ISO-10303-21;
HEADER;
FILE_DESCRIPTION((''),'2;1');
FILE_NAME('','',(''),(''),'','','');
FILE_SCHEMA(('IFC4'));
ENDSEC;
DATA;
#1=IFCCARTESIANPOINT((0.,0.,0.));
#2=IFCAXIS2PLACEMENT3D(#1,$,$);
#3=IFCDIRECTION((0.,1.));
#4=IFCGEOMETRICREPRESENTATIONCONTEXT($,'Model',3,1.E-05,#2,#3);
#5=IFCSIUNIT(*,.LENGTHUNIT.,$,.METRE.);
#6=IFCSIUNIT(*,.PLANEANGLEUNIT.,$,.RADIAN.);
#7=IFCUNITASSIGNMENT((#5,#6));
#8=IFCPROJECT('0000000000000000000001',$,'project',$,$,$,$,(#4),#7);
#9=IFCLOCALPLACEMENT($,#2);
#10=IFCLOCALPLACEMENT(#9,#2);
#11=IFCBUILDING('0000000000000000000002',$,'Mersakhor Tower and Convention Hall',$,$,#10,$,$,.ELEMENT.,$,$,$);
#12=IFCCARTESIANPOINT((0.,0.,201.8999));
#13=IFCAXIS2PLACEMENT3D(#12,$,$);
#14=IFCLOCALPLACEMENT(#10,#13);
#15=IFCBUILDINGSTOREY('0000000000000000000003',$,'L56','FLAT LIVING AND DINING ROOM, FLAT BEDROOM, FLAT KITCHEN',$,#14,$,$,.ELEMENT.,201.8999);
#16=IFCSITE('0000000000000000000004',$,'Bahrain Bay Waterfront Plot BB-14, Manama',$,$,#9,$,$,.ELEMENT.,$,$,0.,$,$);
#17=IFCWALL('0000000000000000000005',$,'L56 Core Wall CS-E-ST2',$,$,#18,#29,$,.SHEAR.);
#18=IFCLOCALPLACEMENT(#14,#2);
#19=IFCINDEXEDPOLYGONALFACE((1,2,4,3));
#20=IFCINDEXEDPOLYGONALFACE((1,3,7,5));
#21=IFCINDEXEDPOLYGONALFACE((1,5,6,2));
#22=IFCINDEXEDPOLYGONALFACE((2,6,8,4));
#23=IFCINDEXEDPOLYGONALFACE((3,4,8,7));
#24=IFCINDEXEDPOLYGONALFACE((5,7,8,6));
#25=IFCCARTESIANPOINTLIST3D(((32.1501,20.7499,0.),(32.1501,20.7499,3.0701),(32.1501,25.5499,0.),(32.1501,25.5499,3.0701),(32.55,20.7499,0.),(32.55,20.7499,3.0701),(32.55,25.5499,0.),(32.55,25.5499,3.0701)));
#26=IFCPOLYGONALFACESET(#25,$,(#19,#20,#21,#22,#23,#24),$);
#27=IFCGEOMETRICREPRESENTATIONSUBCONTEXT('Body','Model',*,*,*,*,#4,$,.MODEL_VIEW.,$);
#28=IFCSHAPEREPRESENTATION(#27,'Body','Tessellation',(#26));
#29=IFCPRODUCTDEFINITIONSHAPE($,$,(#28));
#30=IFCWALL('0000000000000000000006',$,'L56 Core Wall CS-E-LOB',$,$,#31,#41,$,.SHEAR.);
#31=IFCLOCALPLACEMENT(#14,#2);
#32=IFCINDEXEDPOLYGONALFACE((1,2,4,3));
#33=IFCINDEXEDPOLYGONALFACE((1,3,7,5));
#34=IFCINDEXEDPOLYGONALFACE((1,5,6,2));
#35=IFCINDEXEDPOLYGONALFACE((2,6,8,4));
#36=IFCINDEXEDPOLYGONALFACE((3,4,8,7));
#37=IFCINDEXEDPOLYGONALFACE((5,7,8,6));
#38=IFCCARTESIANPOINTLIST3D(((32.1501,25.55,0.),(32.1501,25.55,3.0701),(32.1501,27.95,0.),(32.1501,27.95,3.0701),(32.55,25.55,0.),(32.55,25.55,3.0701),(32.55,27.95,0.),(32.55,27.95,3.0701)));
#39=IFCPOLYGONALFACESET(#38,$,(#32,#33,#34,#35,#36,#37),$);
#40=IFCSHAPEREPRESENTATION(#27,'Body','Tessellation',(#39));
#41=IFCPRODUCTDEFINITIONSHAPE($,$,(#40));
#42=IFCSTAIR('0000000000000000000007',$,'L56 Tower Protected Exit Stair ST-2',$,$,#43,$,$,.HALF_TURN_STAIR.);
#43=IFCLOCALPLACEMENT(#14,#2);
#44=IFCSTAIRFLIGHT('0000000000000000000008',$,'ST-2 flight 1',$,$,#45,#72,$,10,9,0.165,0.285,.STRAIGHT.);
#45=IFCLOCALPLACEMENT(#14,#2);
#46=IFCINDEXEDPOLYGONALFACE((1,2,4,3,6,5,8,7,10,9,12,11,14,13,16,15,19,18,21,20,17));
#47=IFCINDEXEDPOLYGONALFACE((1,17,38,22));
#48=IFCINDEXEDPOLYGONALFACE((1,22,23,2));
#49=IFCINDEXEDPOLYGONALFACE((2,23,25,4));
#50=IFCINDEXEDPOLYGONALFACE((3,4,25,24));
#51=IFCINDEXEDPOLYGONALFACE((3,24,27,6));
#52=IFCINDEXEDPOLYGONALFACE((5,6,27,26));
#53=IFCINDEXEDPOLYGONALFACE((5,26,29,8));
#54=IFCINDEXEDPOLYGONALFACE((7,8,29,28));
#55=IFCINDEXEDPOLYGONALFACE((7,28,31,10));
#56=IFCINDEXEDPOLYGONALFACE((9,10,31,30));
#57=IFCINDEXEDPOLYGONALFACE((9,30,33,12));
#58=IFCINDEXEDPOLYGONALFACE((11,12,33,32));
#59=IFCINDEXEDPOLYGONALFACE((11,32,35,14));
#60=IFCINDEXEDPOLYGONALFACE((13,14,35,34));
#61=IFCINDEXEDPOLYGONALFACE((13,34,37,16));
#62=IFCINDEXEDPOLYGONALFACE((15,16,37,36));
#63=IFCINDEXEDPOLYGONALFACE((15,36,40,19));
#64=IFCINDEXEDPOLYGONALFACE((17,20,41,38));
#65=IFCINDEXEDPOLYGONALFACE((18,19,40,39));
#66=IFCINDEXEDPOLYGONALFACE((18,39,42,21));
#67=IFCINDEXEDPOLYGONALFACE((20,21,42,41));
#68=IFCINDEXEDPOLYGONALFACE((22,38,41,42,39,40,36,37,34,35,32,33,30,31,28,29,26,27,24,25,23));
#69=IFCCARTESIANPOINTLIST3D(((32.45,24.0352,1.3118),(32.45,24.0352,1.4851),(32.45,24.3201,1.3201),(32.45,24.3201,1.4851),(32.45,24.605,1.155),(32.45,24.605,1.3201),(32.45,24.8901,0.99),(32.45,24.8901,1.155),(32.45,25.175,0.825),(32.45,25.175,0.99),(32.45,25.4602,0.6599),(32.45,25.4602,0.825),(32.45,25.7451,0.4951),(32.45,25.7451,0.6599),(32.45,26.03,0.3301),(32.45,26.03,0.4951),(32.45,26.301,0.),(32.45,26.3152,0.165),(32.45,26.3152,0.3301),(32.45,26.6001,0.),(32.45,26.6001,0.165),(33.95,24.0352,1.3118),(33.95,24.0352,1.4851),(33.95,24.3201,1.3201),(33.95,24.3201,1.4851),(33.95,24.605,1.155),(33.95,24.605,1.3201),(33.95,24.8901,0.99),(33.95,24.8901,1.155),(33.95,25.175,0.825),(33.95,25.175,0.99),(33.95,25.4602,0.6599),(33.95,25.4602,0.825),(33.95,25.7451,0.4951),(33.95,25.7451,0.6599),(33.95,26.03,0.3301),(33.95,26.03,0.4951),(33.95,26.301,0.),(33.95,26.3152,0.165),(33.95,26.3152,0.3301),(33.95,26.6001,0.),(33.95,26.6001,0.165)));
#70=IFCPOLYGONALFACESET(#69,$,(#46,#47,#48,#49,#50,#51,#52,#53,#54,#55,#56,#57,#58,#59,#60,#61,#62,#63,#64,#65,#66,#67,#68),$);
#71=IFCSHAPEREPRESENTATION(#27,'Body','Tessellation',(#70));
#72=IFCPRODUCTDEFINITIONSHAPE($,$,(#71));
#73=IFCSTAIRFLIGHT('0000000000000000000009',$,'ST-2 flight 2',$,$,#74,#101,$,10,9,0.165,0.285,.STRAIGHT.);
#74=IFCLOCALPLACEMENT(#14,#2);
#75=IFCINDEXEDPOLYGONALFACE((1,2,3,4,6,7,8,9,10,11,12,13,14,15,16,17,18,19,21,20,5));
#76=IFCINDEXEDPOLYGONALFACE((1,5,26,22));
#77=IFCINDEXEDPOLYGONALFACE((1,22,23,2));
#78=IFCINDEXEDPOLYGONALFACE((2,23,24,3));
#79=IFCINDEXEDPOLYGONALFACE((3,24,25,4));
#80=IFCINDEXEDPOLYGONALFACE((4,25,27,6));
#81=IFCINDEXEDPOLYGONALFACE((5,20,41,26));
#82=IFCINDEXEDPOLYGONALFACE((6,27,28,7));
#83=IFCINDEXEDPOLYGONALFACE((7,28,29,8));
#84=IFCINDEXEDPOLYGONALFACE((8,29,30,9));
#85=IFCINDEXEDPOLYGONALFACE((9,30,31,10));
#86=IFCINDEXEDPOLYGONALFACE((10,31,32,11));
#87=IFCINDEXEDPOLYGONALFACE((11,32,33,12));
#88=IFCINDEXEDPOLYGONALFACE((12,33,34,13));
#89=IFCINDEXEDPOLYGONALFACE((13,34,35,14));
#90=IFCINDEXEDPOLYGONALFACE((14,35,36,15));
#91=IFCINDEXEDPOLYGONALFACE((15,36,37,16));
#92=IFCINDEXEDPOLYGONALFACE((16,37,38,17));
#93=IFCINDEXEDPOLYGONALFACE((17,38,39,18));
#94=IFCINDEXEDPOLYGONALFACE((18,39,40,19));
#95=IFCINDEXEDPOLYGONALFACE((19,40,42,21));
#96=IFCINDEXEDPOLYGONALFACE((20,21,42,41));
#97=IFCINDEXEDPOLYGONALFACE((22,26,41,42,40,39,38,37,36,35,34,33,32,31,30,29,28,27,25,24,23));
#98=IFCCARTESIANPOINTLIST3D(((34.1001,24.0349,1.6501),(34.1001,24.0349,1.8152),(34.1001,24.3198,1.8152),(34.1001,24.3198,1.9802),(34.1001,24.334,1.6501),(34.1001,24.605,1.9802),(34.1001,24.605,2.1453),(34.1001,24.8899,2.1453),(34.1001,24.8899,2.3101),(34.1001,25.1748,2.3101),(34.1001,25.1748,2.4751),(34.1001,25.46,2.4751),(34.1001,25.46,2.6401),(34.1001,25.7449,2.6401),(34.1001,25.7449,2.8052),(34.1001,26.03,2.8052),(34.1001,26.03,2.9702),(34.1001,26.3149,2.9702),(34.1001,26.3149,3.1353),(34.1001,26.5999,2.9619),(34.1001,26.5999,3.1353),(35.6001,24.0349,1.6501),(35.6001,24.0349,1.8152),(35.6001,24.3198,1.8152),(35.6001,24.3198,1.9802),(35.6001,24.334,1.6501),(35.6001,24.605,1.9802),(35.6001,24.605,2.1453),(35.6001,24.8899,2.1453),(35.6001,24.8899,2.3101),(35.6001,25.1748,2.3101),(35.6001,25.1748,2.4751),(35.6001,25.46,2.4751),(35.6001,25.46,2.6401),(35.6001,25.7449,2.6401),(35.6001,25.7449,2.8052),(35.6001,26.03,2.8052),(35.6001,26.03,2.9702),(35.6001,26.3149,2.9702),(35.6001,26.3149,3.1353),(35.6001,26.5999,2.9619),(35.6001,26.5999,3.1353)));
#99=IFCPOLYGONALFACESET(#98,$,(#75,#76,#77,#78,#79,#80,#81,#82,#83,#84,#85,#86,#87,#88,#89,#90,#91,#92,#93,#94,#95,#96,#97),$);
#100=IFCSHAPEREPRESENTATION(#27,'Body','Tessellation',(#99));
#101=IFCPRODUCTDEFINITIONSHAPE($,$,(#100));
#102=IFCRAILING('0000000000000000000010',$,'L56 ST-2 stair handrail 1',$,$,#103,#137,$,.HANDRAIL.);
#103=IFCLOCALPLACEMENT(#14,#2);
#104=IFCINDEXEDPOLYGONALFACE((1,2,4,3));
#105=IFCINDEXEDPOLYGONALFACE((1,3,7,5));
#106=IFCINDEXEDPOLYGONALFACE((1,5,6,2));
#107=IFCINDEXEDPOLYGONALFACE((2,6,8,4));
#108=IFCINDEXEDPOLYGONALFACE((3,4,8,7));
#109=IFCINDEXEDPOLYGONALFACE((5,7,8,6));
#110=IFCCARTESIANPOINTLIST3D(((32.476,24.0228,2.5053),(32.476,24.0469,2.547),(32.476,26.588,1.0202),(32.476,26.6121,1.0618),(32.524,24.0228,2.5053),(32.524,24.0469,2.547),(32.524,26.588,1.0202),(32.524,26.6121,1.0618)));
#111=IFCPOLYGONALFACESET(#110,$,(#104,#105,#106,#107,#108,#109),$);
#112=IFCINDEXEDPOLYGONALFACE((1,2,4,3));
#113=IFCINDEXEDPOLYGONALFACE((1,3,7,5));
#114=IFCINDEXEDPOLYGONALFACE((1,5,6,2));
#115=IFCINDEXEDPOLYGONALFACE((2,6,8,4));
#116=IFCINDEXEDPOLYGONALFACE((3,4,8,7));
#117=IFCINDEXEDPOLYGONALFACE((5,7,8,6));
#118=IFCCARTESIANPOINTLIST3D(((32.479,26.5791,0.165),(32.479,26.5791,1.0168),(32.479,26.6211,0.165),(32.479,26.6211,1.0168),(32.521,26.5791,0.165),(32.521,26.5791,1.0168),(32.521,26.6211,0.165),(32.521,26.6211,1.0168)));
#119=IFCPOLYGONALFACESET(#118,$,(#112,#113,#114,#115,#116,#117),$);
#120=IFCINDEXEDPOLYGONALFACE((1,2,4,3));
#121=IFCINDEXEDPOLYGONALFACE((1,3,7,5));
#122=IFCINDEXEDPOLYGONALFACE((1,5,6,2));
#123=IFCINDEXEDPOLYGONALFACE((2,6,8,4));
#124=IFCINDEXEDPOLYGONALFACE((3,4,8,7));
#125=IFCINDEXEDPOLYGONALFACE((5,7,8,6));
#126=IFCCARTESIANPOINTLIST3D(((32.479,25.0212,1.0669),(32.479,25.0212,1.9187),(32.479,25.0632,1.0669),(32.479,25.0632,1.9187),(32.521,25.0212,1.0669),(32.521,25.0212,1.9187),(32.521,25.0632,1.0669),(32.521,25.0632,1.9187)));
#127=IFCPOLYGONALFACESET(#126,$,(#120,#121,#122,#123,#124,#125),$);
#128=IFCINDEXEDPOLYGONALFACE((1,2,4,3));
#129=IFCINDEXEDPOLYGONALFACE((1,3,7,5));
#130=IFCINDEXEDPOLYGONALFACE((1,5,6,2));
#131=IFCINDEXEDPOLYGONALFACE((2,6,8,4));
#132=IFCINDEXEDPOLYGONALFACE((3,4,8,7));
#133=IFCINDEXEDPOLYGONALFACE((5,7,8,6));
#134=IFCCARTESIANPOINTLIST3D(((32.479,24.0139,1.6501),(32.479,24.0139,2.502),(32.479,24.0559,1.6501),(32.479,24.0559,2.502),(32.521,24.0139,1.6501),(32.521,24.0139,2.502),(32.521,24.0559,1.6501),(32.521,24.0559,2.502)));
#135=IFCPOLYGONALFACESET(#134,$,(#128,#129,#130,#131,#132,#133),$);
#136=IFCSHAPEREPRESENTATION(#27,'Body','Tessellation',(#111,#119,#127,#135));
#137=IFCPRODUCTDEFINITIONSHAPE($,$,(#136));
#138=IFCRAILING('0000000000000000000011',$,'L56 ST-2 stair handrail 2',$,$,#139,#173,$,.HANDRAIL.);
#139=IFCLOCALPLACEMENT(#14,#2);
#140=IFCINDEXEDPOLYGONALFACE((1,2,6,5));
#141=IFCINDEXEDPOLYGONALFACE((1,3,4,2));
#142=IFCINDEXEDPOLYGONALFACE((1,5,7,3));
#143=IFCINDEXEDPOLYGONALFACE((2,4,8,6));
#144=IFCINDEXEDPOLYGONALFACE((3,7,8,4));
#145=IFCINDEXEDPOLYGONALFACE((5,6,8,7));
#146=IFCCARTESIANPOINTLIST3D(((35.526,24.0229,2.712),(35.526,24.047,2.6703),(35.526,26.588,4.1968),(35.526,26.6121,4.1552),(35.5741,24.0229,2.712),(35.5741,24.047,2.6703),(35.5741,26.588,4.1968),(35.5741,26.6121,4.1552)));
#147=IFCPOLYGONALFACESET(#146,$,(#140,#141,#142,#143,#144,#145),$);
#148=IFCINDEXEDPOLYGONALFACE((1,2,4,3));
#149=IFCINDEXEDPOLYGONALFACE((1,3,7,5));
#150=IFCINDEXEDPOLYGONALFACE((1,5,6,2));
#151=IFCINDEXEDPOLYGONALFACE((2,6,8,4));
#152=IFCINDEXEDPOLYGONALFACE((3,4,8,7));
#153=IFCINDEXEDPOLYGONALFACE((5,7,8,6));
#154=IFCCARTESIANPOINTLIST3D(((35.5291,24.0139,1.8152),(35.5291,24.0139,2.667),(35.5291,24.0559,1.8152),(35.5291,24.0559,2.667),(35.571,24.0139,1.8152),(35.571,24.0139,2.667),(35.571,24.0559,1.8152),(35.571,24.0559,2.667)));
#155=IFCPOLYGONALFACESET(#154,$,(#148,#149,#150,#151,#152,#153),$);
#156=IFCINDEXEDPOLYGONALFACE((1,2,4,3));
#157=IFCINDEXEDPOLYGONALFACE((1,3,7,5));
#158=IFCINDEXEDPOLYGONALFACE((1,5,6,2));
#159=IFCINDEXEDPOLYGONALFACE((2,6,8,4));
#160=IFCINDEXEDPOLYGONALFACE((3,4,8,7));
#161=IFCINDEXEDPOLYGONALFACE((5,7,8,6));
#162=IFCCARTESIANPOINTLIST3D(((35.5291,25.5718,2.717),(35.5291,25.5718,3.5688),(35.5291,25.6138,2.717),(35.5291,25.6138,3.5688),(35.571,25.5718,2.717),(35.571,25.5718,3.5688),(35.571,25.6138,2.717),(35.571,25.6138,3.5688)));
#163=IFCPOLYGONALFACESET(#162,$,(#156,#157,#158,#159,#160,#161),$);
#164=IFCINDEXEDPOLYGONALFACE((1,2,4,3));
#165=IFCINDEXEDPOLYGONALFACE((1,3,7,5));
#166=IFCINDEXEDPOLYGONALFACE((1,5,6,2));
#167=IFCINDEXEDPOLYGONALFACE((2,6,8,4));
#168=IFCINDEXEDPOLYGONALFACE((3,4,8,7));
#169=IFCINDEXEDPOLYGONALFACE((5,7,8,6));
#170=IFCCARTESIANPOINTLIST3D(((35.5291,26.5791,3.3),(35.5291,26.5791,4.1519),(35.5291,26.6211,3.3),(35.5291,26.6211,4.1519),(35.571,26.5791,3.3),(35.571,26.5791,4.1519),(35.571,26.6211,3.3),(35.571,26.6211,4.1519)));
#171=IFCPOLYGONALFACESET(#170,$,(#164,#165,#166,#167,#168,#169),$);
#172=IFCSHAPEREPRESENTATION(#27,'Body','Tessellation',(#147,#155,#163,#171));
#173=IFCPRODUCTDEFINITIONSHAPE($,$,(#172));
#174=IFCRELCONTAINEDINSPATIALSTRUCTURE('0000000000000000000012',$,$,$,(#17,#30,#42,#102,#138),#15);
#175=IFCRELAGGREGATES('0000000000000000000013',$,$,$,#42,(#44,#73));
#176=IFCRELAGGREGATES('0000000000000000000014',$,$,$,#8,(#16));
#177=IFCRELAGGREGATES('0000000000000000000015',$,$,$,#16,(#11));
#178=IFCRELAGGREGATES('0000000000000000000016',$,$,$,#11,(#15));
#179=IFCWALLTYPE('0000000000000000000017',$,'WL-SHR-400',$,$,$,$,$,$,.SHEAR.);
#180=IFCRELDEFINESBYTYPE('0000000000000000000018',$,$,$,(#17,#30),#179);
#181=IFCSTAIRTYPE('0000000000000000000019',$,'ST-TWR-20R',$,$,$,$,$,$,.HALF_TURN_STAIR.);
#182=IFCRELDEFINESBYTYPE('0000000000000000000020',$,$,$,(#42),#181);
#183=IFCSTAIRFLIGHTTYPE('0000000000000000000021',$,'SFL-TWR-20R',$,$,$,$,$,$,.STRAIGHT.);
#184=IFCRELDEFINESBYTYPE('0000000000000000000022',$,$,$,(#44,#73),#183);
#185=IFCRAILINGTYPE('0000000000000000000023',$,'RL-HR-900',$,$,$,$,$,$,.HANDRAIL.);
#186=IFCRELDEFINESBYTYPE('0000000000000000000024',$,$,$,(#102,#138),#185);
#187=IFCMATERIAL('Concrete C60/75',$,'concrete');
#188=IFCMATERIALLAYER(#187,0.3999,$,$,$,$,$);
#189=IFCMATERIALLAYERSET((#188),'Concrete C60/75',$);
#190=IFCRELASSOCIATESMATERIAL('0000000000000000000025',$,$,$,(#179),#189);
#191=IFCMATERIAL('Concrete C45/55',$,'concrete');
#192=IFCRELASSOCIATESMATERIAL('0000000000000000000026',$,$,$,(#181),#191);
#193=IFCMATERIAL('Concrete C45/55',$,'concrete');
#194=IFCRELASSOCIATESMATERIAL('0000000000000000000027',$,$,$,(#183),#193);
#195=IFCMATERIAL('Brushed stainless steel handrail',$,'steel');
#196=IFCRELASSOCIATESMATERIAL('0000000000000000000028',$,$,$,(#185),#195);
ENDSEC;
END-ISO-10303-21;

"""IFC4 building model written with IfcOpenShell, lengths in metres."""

from ifc_helpers import new_model, si_unit, direction, frame, frame_2d, origin, origin_2d, place, context, subcontext, project, spatial, polyline, rectangle, outline, extrude, material, layer, layer_set, type_object, element, aggregate, save


model = new_model("IFC4")

# Units and contexts
model_context = context("Model", 3, precision=1e-05, world=origin(), true_north=direction((0.0, 1.0)))
body_context = subcontext(model_context, "Body", "Model", "MODEL_VIEW")
ifc_project = project(units=[si_unit("LENGTHUNIT", "METRE"), si_unit("PLANEANGLEUNIT", "RADIAN")], contexts=[model_context])

# Site, building, storey
site_placement = place(None, origin())
site = spatial("IfcSite", under=ifc_project, at=site_placement, Name="Bahrain Bay Waterfront Plot BB-14, Manama", CompositionType="ELEMENT", RefElevation=0.0)
building_placement = place(site_placement, origin())
building = spatial("IfcBuilding", under=site, at=building_placement, Name="Mersakhor Tower and Convention Hall", CompositionType="ELEMENT")
storey_placement = place(building_placement, frame((0.0, 0.0, 201.8999)))
storey = spatial("IfcBuildingStorey", under=building, at=storey_placement, Name="L56", Description="FLAT LIVING AND DINING ROOM, FLAT BEDROOM, FLAT KITCHEN", CompositionType="ELEMENT", Elevation=201.8999)

# Shared definitions
ifc_material_1 = material(Name="Concrete C60/75", Category="concrete")
ifc_layer_1 = layer(ifc_material_1, 0.3999)
ifc_layer_set_1 = layer_set([ifc_layer_1], Name="Concrete C60/75")
wall_type_1 = type_object("IfcWallType", Name="WL-SHR-400", PredefinedType="SHEAR", material=ifc_layer_set_1)

# Walls
wall_1_placement = place(storey_placement, frame((32.3501, 20.75, 0.0), z_axis=(0.0, 0.0, 1.0), x_axis=(0.0, 1.0, 0.0)))
element("IfcWall", 1, at=wall_1_placement, inside=storey, type_object=wall_type_1, Name="L56 Core Wall CS-E-ST2", PredefinedType="SHEAR", context=body_context, shape_type="SweptSolid", body=[
    extrude(rectangle(XDim=4.8, YDim=0.3999, at=frame_2d((2.3999, 0.0))), origin(), (0.0, 0.0, 1.0), 3.0701),
])
wall_2_placement = place(storey_placement, frame((32.3501, 25.55, 0.0), z_axis=(0.0, 0.0, 1.0), x_axis=(0.0, 1.0, 0.0)))
element("IfcWall", 2, at=wall_2_placement, inside=storey, type_object=wall_type_1, Name="L56 Core Wall CS-E-LOB", PredefinedType="SHEAR", context=body_context, shape_type="SweptSolid", body=[
    extrude(rectangle(XDim=2.3999, YDim=0.3999, at=frame_2d((1.2, 0.0))), origin(), (0.0, 0.0, 1.0), 3.0701),
])

# Stair, stair flights
ifc_material_2 = material(Name="Concrete C45/55", Category="concrete")
stair_type = type_object("IfcStairType", Name="ST-TWR-20R", PredefinedType="HALF_TURN_STAIR", material=ifc_material_2)
stair_placement = place(storey_placement, origin())
stair = element("IfcStair", 3, at=stair_placement, inside=storey, type_object=stair_type, Name="L56 Tower Protected Exit Stair ST-2", PredefinedType="HALF_TURN_STAIR")
ifc_material_3 = material(Name="Concrete C45/55", Category="concrete")
stair_flight_type = type_object("IfcStairFlightType", Name="SFL-TWR-20R", PredefinedType="STRAIGHT", material=ifc_material_3)
stair_flight_1_placement = place(storey_placement, frame((33.2, 26.6001, 0.0), z_axis=(0.0, 0.0, 1.0), x_axis=(0.0, -1.0, 0.0)))
stair_flight_1 = element("IfcStairFlight", 4, at=stair_flight_1_placement, type_object=stair_flight_type, Name="ST-2 flight 1", NumberOfRisers=10, NumberOfTreads=9, PredefinedType="STRAIGHT", RiserHeight=0.165, TreadLength=0.285, context=body_context, shape_type="SweptSolid", body=[
    extrude(outline(polyline([(0.0, 0.0), (0.0, 0.165), (0.2849, 0.165), (0.2849, 0.3301), (0.5701, 0.3301), (0.5701, 0.4951), (0.855, 0.4951), (0.855, 0.6599), (1.1399, 0.6599), (1.1399, 0.825), (1.425, 0.825), (1.425, 0.99), (1.71, 0.99), (1.71, 1.155), (1.9951, 1.155), (1.9951, 1.3201), (2.28, 1.3201), (2.28, 1.4851), (2.5649, 1.4851), (2.5649, 1.6499), (2.5649, 1.3118), (0.2991, 0.0), (0.0, 0.0)])), frame((0.0, 0.75, 0.0), z_axis=(0.0, -1.0, 0.0), x_axis=(1.0, 0.0, 0.0)), (0.0, 0.0, 1.0), 1.5),
])
stair_flight_2_placement = place(storey_placement, frame((34.8501, 24.0349, 1.6501), z_axis=(0.0, 0.0, 1.0), x_axis=(0.0, 1.0, 0.0)))
stair_flight_2 = element("IfcStairFlight", 5, at=stair_flight_2_placement, type_object=stair_flight_type, Name="ST-2 flight 2", NumberOfRisers=10, NumberOfTreads=9, PredefinedType="STRAIGHT", RiserHeight=0.165, TreadLength=0.285, context=body_context, shape_type="SweptSolid", body=[
    extrude(outline(polyline([(0.0, 0.0), (0.0, 0.165), (0.2849, 0.165), (0.2849, 0.3301), (0.5701, 0.3301), (0.5701, 0.4951), (0.855, 0.4951), (0.855, 0.6599), (1.1399, 0.6599), (1.1399, 0.825), (1.425, 0.825), (1.425, 0.99), (1.71, 0.99), (1.71, 1.155), (1.9951, 1.155), (1.9951, 1.3201), (2.28, 1.3201), (2.28, 1.4851), (2.5649, 1.4851), (2.5649, 1.6499), (2.5649, 1.3118), (0.2991, 0.0), (0.0, 0.0)])), frame((0.0, 0.75, 0.0), z_axis=(0.0, -1.0, 0.0), x_axis=(1.0, 0.0, 0.0)), (0.0, 0.0, 1.0), 1.5),
])
aggregate(stair, [stair_flight_1, stair_flight_2])

# Railings
ifc_material_4 = material(Name="Brushed stainless steel handrail", Category="steel")
railing_type_1 = type_object("IfcRailingType", Name="RL-HR-900", PredefinedType="HANDRAIL", material=ifc_material_4)
railing_1_placement = place(storey_placement, frame((32.5, 26.6001, 0.165)))
element("IfcRailing", 6, at=railing_1_placement, inside=storey, type_object=railing_type_1, Name="L56 ST-2 stair handrail 1", PredefinedType="HANDRAIL", context=body_context, shape_type="SweptSolid", body=[
    extrude(rectangle(XDim=0.0481, YDim=0.0481, at=origin_2d()), frame((0.0, 0.0, 0.876), z_axis=(0.0, -0.865426, 0.501036), x_axis=(1.0, 0.0, 0.0)), (0.0, 0.0, 1.0), 2.9641),
    extrude(rectangle(XDim=0.042, YDim=0.042, at=origin_2d()), origin(), (0.0, 0.0, 1.0), 0.8518),
    extrude(rectangle(XDim=0.042, YDim=0.042, at=origin_2d()), frame((0.0, -1.5579, 0.9019)), (0.0, 0.0, 1.0), 0.8518),
    extrude(rectangle(XDim=0.042, YDim=0.042, at=origin_2d()), frame((0.0, -2.5652, 1.4851)), (0.0, 0.0, 1.0), 0.8518),
])
railing_2_placement = place(storey_placement, frame((35.55, 24.0349, 1.8152)))
element("IfcRailing", 7, at=railing_2_placement, inside=storey, type_object=railing_type_1, Name="L56 ST-2 stair handrail 2", PredefinedType="HANDRAIL", context=body_context, shape_type="SweptSolid", body=[
    extrude(rectangle(XDim=0.0481, YDim=0.0481, at=origin_2d()), frame((0.0, 0.0, 0.876), z_axis=(0.0, 0.865462, 0.500975), x_axis=(-1.0, 0.0, 0.0)), (0.0, 0.0, 1.0), 2.9639),
    extrude(rectangle(XDim=0.042, YDim=0.042, at=origin_2d()), origin(), (0.0, 0.0, 1.0), 0.8518),
    extrude(rectangle(XDim=0.042, YDim=0.042, at=origin_2d()), frame((0.0, 1.5579, 0.9019)), (0.0, 0.0, 1.0), 0.8518),
    extrude(rectangle(XDim=0.042, YDim=0.042, at=origin_2d()), frame((0.0, 2.5652, 1.4849)), (0.0, 0.0, 1.0), 0.8518),
])

save(model, "model.ifc")
